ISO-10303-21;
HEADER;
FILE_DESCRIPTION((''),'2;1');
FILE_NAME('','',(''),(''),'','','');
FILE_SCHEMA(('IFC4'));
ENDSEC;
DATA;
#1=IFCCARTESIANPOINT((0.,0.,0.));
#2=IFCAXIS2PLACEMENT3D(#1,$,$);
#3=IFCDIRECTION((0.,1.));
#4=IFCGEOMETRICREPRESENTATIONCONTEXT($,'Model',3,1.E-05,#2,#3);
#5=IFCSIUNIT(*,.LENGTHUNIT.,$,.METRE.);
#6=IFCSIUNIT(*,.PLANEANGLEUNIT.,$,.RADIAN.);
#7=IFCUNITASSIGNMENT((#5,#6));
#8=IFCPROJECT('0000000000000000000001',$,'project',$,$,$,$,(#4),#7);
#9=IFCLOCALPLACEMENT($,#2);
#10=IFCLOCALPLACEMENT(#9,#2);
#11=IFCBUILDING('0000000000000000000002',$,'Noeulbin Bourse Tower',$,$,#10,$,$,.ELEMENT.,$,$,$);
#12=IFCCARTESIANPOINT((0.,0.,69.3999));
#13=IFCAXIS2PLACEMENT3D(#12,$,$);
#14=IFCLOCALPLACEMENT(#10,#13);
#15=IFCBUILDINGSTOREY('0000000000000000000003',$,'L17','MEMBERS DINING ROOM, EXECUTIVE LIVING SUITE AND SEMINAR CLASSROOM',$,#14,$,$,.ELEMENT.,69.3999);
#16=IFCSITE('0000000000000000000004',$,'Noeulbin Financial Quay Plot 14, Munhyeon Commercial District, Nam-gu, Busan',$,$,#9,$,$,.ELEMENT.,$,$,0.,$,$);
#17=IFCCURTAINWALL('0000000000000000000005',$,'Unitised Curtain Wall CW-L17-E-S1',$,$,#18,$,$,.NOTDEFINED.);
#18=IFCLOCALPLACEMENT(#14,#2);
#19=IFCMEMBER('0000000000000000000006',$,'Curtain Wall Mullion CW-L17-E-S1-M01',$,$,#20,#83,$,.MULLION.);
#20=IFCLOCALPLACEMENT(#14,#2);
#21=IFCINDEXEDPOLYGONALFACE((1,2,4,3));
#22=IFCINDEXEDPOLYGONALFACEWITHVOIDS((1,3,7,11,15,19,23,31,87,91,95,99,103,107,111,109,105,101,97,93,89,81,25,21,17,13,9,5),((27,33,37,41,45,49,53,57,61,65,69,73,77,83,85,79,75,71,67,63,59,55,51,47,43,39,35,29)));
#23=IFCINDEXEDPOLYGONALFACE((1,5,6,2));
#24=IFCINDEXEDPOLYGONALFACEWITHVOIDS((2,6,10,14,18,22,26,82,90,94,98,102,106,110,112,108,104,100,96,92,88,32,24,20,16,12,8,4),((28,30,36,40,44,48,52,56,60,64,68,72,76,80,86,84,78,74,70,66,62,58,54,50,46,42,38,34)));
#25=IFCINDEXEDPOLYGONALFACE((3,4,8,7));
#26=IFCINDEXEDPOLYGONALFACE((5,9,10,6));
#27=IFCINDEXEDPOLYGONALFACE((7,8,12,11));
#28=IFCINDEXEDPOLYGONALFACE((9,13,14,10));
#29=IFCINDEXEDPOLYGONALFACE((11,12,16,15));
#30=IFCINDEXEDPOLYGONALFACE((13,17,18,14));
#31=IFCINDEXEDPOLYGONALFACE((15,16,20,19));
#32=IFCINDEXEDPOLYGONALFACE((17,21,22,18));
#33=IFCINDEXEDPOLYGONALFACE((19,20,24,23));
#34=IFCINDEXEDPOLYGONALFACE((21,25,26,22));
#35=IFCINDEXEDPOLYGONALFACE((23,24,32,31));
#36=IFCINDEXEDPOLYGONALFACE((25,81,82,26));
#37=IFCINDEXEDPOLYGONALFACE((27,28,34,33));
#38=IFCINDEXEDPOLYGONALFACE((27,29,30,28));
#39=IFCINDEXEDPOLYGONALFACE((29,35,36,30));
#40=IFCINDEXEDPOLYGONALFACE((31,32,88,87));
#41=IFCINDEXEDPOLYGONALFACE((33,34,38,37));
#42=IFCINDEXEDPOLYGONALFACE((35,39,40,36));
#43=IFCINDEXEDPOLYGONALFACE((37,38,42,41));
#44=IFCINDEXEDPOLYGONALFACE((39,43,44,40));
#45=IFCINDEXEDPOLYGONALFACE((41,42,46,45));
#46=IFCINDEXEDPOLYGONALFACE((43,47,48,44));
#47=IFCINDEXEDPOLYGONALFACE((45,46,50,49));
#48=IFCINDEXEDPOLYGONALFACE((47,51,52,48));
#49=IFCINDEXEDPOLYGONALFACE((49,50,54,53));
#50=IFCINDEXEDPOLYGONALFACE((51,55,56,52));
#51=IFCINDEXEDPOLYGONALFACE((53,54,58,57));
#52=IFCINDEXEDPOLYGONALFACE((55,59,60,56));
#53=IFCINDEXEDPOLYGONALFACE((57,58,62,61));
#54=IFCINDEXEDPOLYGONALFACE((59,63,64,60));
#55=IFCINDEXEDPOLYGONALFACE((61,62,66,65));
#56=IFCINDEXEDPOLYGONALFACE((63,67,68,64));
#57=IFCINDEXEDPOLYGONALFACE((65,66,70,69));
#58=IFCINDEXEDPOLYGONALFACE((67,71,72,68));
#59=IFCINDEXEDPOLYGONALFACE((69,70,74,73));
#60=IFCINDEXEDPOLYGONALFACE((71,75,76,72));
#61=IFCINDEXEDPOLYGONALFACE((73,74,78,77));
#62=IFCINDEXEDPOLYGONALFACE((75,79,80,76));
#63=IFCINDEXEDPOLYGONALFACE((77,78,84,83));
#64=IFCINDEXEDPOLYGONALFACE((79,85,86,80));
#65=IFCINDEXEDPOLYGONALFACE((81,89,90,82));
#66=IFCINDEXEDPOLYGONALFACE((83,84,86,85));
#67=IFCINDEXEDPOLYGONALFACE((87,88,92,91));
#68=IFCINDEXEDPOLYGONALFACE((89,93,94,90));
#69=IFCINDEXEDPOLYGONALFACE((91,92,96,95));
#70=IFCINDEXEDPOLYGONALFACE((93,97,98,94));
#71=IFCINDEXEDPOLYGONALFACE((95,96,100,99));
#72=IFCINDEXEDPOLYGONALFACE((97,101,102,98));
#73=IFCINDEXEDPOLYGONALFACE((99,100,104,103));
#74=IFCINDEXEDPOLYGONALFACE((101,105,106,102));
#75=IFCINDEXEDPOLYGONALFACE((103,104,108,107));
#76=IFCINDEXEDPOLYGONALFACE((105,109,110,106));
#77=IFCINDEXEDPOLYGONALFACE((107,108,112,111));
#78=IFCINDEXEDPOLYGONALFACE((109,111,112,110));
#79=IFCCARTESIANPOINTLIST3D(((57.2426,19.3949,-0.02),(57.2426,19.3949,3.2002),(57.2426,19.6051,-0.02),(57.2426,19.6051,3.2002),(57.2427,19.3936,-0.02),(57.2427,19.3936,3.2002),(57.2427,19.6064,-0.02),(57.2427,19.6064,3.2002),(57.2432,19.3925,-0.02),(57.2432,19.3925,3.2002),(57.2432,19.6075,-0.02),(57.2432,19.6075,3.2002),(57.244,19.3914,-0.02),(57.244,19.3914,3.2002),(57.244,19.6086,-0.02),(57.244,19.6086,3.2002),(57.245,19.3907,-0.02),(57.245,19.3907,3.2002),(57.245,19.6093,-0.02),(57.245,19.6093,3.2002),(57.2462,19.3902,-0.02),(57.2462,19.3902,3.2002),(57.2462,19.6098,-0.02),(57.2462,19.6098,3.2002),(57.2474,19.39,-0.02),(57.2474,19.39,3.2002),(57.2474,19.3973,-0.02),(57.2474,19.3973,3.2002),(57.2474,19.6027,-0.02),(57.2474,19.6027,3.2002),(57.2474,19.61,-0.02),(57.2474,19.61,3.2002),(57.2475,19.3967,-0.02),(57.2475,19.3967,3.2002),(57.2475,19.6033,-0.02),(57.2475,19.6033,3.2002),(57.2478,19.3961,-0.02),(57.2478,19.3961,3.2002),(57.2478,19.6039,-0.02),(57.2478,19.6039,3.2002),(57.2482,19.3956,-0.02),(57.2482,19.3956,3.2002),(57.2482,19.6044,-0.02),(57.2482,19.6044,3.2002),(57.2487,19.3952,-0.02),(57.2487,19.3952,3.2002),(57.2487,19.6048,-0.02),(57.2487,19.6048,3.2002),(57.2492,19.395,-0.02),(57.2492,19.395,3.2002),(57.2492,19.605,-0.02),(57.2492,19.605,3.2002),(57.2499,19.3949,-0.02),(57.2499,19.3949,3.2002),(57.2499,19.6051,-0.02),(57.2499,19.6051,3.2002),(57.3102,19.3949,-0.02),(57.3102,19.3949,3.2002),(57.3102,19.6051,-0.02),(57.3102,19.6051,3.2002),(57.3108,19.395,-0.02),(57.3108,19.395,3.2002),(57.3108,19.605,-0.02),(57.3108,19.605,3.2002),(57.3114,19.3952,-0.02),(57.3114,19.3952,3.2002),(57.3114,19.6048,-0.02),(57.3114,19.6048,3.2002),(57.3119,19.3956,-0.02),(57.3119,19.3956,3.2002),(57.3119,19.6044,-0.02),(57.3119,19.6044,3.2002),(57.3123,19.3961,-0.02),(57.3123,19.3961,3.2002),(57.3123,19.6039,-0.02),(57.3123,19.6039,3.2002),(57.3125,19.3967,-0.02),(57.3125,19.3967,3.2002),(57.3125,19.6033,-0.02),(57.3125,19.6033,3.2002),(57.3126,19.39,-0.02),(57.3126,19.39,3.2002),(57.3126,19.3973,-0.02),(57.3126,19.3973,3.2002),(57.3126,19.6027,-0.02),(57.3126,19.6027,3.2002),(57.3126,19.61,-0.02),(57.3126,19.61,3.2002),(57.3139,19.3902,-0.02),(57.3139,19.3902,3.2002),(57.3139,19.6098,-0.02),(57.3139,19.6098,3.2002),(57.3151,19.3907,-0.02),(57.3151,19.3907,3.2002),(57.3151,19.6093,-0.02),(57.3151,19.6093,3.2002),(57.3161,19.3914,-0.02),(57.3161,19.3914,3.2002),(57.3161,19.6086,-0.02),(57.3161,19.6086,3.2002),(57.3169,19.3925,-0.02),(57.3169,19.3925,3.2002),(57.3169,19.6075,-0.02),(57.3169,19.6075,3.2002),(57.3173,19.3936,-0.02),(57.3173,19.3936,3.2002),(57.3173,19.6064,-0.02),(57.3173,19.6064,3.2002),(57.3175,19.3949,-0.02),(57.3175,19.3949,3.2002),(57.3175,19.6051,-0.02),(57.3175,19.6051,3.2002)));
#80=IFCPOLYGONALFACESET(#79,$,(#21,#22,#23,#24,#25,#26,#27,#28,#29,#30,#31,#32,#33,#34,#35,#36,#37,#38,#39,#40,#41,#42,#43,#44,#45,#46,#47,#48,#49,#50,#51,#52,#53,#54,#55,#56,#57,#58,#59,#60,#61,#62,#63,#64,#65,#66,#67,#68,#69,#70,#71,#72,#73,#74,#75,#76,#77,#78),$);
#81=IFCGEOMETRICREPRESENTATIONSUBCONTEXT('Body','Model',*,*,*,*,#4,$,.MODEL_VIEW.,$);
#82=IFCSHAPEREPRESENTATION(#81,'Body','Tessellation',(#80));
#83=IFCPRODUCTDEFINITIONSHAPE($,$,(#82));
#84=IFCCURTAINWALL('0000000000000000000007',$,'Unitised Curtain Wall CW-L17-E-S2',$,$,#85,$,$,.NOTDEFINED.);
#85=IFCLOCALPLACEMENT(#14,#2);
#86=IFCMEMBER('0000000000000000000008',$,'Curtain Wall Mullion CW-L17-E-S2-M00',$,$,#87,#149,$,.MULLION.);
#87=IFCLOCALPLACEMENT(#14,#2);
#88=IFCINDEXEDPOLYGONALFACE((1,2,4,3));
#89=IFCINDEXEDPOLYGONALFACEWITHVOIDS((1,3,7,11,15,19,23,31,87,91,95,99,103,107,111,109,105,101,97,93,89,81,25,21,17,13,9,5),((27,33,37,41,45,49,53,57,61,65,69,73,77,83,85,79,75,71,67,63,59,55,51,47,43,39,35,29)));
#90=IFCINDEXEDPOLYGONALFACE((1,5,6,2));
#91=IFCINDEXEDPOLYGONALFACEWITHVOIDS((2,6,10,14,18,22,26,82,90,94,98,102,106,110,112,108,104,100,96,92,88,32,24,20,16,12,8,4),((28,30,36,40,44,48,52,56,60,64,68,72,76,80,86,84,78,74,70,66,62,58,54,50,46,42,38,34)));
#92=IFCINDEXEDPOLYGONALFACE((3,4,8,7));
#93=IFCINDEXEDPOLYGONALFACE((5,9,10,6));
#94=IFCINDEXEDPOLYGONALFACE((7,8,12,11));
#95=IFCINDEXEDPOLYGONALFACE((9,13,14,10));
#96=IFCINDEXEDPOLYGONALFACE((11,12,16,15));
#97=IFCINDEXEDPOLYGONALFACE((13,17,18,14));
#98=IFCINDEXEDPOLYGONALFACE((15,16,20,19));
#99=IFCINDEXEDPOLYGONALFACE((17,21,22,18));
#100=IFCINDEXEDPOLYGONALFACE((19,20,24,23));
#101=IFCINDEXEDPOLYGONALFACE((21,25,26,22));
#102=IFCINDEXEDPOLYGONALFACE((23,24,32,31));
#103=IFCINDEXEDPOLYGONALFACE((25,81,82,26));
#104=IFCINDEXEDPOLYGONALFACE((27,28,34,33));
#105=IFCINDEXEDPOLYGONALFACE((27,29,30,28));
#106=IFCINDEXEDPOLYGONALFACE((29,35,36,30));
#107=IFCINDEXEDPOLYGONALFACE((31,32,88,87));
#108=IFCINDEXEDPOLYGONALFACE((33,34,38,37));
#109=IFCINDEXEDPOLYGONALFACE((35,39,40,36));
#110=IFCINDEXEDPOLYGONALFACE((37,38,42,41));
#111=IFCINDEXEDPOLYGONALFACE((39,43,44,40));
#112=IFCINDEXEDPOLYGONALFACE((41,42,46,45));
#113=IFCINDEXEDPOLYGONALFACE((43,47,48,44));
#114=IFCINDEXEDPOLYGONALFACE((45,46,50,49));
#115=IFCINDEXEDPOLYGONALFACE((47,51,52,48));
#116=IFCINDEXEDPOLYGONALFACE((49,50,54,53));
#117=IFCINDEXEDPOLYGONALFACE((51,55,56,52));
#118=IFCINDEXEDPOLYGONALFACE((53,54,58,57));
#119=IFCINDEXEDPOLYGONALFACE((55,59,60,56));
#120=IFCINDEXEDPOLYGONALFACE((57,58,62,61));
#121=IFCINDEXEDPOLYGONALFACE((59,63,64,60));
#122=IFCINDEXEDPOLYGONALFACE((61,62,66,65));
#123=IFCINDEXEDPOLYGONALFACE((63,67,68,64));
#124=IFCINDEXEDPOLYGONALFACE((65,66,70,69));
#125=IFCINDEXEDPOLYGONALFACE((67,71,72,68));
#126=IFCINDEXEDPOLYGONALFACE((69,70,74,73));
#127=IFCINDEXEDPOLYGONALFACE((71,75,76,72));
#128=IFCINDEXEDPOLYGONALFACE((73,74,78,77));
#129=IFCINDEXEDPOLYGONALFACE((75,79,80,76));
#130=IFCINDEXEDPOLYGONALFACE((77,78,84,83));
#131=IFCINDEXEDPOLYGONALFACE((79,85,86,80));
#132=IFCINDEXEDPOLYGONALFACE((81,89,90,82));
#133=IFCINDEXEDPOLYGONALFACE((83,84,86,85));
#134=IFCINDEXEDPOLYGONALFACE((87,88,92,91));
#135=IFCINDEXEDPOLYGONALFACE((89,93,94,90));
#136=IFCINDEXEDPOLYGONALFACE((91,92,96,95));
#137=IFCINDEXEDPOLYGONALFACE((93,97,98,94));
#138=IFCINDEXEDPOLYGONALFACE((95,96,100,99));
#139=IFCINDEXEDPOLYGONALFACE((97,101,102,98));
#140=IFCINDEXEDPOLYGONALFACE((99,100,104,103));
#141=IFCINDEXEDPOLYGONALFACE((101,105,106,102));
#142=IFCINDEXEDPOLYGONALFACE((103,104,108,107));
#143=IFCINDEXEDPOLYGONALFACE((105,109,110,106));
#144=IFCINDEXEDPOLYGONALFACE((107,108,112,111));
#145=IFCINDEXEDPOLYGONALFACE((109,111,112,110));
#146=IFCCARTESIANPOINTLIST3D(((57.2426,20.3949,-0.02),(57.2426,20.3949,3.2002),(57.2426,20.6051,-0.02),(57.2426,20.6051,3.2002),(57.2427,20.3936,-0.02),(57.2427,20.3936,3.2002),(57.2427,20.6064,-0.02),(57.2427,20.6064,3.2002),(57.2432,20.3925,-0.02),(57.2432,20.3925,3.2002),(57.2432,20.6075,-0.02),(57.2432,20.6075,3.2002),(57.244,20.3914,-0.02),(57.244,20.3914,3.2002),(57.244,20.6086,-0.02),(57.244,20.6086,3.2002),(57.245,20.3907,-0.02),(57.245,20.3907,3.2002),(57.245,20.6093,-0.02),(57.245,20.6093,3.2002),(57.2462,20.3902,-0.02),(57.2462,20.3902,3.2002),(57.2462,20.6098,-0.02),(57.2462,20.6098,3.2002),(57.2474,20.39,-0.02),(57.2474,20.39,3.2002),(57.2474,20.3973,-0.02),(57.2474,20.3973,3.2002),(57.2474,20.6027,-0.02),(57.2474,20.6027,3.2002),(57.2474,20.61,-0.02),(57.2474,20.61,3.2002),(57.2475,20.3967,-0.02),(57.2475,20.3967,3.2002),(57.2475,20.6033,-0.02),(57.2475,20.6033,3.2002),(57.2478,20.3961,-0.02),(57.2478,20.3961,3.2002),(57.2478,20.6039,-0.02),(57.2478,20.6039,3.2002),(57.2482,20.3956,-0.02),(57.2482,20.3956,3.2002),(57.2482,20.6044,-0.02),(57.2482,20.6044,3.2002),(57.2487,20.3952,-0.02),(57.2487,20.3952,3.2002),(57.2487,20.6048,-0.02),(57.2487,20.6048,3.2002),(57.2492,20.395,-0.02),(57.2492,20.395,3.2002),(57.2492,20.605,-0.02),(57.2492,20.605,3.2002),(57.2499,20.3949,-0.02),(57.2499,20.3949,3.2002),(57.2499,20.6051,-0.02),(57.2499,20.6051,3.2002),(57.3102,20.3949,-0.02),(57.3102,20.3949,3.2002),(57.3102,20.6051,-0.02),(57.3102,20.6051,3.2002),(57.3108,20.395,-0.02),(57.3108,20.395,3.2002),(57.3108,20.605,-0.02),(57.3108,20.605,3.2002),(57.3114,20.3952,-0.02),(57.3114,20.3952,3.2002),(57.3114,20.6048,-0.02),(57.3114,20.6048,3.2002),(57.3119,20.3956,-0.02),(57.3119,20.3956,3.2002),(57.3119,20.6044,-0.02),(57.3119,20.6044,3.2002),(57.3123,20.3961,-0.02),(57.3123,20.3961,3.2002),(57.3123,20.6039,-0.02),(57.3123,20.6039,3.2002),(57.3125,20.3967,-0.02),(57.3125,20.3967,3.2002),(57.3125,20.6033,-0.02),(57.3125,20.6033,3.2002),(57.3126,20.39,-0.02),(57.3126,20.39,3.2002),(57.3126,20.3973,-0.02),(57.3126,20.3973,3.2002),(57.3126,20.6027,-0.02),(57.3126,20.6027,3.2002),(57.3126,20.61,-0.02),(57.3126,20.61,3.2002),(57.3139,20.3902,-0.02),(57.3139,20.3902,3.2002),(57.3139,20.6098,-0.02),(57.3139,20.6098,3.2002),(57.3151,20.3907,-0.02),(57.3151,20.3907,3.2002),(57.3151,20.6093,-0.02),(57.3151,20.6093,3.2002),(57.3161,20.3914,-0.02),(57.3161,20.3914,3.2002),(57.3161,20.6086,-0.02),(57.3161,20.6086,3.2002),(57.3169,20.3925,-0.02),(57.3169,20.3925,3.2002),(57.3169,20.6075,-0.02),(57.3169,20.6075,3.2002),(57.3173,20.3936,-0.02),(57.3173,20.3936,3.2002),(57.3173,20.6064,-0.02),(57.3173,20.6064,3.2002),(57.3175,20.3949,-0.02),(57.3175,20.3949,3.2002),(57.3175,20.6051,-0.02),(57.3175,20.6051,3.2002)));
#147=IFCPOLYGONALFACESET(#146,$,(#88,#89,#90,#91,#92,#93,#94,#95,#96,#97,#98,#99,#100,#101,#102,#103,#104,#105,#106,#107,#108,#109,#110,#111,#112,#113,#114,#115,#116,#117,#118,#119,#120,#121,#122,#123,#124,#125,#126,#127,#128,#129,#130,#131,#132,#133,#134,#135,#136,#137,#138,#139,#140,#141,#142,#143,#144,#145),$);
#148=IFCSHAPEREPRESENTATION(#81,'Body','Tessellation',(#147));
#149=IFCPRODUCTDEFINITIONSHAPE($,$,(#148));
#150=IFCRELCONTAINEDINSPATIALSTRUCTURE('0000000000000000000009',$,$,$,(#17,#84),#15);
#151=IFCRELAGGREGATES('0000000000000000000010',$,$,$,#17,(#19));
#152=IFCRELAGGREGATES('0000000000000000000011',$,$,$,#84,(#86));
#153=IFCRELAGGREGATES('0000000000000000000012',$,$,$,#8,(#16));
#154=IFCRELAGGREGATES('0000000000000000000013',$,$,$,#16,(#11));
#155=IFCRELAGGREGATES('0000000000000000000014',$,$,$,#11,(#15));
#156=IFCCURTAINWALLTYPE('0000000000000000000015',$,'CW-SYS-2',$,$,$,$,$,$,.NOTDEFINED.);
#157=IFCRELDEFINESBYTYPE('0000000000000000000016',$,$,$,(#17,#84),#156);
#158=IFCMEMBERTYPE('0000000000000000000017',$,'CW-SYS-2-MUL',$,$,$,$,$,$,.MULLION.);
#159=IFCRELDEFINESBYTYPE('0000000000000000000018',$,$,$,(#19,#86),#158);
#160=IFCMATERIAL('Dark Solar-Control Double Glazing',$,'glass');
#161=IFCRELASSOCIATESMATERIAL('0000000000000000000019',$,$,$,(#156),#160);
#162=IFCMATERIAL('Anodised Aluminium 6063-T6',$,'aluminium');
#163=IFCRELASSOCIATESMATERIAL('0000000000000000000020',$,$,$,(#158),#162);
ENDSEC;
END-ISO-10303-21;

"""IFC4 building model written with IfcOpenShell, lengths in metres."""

from ifc_helpers import new_model, si_unit, direction, frame, origin, origin_2d, place, context, subcontext, project, spatial, hollow_rectangle, extrude, material, material_profile, profile_set, type_object, element, aggregate, save


model = new_model("IFC4")

# Units and contexts
model_context = context("Model", 3, precision=1e-05, world=origin(), true_north=direction((0.0, 1.0)))
body_context = subcontext(model_context, "Body", "Model", "MODEL_VIEW")
ifc_project = project(units=[si_unit("LENGTHUNIT", "METRE"), si_unit("PLANEANGLEUNIT", "RADIAN")], contexts=[model_context])

# Site, building, storey
site_placement = place(None, origin())
site = spatial("IfcSite", under=ifc_project, at=site_placement, Name="Noeulbin Financial Quay Plot 14, Munhyeon Commercial District, Nam-gu, Busan", CompositionType="ELEMENT", RefElevation=0.0)
building_placement = place(site_placement, origin())
building = spatial("IfcBuilding", under=site, at=building_placement, Name="Noeulbin Bourse Tower", CompositionType="ELEMENT")
storey_placement = place(building_placement, frame((0.0, 0.0, 69.3999)))
storey = spatial("IfcBuildingStorey", under=building, at=storey_placement, Name="L17", Description="MEMBERS DINING ROOM, EXECUTIVE LIVING SUITE AND SEMINAR CLASSROOM", CompositionType="ELEMENT", Elevation=69.3999)

# Curtain walls, members
ifc_material_1 = material(Name="Dark Solar-Control Double Glazing", Category="glass")
curtain_wall_type = type_object("IfcCurtainWallType", Name="CW-SYS-2", PredefinedType="NOTDEFINED", material=ifc_material_1)
ifc_material_2 = material(Name="Anodised Aluminium 6063-T6", Category="aluminium")
ifc_material_profile_1 = material_profile(ifc_material_2, hollow_rectangle(XDim=0.075, YDim=0.22, WallThickness=0.0049, InnerFilletRadius=0.0024, OuterFilletRadius=0.0049, at=origin_2d()), Name="ALU-MULL-75x220x5", Category="LoadBearing")
ifc_profile_set_1 = profile_set([ifc_material_profile_1], Name="Anodised Aluminium 6063-T6")
member_type_1 = type_object("IfcMemberType", Name="CW-SYS-2-MUL", PredefinedType="MULLION", material=ifc_profile_set_1)
curtain_wall_1_placement = place(storey_placement, origin())
curtain_wall_1 = element("IfcCurtainWall", 1, at=curtain_wall_1_placement, inside=storey, type_object=curtain_wall_type, Name="Unitised Curtain Wall CW-L17-E-S1", PredefinedType="NOTDEFINED")
member_1_placement = place(storey_placement, frame((57.28, 19.5, -0.02), z_axis=(0.0, 0.0, 1.0), x_axis=(1.0, 0.0, 0.0)))
member_1 = element("IfcMember", 2, at=member_1_placement, type_object=member_type_1, Name="Curtain Wall Mullion CW-L17-E-S1-M01", PredefinedType="MULLION", context=body_context, shape_type="SweptSolid", body=[
    extrude(hollow_rectangle(XDim=0.075, YDim=0.22, WallThickness=0.0049, InnerFilletRadius=0.0024, OuterFilletRadius=0.0049, at=origin_2d()), origin(), (0.0, 0.0, 1.0), 3.2202),
])
curtain_wall_2_placement = place(storey_placement, origin())
curtain_wall_2 = element("IfcCurtainWall", 3, at=curtain_wall_2_placement, inside=storey, type_object=curtain_wall_type, Name="Unitised Curtain Wall CW-L17-E-S2", PredefinedType="NOTDEFINED")
member_2_placement = place(storey_placement, frame((57.28, 20.5, -0.02), z_axis=(0.0, 0.0, 1.0), x_axis=(1.0, 0.0, 0.0)))
member_2 = element("IfcMember", 4, at=member_2_placement, type_object=member_type_1, Name="Curtain Wall Mullion CW-L17-E-S2-M00", PredefinedType="MULLION", context=body_context, shape_type="SweptSolid", body=[
    extrude(hollow_rectangle(XDim=0.075, YDim=0.22, WallThickness=0.0049, InnerFilletRadius=0.0024, OuterFilletRadius=0.0049, at=origin_2d()), origin(), (0.0, 0.0, 1.0), 3.2202),
])

aggregate(curtain_wall_1, [member_1])
aggregate(curtain_wall_2, [member_2])

save(model, "model.ifc")
